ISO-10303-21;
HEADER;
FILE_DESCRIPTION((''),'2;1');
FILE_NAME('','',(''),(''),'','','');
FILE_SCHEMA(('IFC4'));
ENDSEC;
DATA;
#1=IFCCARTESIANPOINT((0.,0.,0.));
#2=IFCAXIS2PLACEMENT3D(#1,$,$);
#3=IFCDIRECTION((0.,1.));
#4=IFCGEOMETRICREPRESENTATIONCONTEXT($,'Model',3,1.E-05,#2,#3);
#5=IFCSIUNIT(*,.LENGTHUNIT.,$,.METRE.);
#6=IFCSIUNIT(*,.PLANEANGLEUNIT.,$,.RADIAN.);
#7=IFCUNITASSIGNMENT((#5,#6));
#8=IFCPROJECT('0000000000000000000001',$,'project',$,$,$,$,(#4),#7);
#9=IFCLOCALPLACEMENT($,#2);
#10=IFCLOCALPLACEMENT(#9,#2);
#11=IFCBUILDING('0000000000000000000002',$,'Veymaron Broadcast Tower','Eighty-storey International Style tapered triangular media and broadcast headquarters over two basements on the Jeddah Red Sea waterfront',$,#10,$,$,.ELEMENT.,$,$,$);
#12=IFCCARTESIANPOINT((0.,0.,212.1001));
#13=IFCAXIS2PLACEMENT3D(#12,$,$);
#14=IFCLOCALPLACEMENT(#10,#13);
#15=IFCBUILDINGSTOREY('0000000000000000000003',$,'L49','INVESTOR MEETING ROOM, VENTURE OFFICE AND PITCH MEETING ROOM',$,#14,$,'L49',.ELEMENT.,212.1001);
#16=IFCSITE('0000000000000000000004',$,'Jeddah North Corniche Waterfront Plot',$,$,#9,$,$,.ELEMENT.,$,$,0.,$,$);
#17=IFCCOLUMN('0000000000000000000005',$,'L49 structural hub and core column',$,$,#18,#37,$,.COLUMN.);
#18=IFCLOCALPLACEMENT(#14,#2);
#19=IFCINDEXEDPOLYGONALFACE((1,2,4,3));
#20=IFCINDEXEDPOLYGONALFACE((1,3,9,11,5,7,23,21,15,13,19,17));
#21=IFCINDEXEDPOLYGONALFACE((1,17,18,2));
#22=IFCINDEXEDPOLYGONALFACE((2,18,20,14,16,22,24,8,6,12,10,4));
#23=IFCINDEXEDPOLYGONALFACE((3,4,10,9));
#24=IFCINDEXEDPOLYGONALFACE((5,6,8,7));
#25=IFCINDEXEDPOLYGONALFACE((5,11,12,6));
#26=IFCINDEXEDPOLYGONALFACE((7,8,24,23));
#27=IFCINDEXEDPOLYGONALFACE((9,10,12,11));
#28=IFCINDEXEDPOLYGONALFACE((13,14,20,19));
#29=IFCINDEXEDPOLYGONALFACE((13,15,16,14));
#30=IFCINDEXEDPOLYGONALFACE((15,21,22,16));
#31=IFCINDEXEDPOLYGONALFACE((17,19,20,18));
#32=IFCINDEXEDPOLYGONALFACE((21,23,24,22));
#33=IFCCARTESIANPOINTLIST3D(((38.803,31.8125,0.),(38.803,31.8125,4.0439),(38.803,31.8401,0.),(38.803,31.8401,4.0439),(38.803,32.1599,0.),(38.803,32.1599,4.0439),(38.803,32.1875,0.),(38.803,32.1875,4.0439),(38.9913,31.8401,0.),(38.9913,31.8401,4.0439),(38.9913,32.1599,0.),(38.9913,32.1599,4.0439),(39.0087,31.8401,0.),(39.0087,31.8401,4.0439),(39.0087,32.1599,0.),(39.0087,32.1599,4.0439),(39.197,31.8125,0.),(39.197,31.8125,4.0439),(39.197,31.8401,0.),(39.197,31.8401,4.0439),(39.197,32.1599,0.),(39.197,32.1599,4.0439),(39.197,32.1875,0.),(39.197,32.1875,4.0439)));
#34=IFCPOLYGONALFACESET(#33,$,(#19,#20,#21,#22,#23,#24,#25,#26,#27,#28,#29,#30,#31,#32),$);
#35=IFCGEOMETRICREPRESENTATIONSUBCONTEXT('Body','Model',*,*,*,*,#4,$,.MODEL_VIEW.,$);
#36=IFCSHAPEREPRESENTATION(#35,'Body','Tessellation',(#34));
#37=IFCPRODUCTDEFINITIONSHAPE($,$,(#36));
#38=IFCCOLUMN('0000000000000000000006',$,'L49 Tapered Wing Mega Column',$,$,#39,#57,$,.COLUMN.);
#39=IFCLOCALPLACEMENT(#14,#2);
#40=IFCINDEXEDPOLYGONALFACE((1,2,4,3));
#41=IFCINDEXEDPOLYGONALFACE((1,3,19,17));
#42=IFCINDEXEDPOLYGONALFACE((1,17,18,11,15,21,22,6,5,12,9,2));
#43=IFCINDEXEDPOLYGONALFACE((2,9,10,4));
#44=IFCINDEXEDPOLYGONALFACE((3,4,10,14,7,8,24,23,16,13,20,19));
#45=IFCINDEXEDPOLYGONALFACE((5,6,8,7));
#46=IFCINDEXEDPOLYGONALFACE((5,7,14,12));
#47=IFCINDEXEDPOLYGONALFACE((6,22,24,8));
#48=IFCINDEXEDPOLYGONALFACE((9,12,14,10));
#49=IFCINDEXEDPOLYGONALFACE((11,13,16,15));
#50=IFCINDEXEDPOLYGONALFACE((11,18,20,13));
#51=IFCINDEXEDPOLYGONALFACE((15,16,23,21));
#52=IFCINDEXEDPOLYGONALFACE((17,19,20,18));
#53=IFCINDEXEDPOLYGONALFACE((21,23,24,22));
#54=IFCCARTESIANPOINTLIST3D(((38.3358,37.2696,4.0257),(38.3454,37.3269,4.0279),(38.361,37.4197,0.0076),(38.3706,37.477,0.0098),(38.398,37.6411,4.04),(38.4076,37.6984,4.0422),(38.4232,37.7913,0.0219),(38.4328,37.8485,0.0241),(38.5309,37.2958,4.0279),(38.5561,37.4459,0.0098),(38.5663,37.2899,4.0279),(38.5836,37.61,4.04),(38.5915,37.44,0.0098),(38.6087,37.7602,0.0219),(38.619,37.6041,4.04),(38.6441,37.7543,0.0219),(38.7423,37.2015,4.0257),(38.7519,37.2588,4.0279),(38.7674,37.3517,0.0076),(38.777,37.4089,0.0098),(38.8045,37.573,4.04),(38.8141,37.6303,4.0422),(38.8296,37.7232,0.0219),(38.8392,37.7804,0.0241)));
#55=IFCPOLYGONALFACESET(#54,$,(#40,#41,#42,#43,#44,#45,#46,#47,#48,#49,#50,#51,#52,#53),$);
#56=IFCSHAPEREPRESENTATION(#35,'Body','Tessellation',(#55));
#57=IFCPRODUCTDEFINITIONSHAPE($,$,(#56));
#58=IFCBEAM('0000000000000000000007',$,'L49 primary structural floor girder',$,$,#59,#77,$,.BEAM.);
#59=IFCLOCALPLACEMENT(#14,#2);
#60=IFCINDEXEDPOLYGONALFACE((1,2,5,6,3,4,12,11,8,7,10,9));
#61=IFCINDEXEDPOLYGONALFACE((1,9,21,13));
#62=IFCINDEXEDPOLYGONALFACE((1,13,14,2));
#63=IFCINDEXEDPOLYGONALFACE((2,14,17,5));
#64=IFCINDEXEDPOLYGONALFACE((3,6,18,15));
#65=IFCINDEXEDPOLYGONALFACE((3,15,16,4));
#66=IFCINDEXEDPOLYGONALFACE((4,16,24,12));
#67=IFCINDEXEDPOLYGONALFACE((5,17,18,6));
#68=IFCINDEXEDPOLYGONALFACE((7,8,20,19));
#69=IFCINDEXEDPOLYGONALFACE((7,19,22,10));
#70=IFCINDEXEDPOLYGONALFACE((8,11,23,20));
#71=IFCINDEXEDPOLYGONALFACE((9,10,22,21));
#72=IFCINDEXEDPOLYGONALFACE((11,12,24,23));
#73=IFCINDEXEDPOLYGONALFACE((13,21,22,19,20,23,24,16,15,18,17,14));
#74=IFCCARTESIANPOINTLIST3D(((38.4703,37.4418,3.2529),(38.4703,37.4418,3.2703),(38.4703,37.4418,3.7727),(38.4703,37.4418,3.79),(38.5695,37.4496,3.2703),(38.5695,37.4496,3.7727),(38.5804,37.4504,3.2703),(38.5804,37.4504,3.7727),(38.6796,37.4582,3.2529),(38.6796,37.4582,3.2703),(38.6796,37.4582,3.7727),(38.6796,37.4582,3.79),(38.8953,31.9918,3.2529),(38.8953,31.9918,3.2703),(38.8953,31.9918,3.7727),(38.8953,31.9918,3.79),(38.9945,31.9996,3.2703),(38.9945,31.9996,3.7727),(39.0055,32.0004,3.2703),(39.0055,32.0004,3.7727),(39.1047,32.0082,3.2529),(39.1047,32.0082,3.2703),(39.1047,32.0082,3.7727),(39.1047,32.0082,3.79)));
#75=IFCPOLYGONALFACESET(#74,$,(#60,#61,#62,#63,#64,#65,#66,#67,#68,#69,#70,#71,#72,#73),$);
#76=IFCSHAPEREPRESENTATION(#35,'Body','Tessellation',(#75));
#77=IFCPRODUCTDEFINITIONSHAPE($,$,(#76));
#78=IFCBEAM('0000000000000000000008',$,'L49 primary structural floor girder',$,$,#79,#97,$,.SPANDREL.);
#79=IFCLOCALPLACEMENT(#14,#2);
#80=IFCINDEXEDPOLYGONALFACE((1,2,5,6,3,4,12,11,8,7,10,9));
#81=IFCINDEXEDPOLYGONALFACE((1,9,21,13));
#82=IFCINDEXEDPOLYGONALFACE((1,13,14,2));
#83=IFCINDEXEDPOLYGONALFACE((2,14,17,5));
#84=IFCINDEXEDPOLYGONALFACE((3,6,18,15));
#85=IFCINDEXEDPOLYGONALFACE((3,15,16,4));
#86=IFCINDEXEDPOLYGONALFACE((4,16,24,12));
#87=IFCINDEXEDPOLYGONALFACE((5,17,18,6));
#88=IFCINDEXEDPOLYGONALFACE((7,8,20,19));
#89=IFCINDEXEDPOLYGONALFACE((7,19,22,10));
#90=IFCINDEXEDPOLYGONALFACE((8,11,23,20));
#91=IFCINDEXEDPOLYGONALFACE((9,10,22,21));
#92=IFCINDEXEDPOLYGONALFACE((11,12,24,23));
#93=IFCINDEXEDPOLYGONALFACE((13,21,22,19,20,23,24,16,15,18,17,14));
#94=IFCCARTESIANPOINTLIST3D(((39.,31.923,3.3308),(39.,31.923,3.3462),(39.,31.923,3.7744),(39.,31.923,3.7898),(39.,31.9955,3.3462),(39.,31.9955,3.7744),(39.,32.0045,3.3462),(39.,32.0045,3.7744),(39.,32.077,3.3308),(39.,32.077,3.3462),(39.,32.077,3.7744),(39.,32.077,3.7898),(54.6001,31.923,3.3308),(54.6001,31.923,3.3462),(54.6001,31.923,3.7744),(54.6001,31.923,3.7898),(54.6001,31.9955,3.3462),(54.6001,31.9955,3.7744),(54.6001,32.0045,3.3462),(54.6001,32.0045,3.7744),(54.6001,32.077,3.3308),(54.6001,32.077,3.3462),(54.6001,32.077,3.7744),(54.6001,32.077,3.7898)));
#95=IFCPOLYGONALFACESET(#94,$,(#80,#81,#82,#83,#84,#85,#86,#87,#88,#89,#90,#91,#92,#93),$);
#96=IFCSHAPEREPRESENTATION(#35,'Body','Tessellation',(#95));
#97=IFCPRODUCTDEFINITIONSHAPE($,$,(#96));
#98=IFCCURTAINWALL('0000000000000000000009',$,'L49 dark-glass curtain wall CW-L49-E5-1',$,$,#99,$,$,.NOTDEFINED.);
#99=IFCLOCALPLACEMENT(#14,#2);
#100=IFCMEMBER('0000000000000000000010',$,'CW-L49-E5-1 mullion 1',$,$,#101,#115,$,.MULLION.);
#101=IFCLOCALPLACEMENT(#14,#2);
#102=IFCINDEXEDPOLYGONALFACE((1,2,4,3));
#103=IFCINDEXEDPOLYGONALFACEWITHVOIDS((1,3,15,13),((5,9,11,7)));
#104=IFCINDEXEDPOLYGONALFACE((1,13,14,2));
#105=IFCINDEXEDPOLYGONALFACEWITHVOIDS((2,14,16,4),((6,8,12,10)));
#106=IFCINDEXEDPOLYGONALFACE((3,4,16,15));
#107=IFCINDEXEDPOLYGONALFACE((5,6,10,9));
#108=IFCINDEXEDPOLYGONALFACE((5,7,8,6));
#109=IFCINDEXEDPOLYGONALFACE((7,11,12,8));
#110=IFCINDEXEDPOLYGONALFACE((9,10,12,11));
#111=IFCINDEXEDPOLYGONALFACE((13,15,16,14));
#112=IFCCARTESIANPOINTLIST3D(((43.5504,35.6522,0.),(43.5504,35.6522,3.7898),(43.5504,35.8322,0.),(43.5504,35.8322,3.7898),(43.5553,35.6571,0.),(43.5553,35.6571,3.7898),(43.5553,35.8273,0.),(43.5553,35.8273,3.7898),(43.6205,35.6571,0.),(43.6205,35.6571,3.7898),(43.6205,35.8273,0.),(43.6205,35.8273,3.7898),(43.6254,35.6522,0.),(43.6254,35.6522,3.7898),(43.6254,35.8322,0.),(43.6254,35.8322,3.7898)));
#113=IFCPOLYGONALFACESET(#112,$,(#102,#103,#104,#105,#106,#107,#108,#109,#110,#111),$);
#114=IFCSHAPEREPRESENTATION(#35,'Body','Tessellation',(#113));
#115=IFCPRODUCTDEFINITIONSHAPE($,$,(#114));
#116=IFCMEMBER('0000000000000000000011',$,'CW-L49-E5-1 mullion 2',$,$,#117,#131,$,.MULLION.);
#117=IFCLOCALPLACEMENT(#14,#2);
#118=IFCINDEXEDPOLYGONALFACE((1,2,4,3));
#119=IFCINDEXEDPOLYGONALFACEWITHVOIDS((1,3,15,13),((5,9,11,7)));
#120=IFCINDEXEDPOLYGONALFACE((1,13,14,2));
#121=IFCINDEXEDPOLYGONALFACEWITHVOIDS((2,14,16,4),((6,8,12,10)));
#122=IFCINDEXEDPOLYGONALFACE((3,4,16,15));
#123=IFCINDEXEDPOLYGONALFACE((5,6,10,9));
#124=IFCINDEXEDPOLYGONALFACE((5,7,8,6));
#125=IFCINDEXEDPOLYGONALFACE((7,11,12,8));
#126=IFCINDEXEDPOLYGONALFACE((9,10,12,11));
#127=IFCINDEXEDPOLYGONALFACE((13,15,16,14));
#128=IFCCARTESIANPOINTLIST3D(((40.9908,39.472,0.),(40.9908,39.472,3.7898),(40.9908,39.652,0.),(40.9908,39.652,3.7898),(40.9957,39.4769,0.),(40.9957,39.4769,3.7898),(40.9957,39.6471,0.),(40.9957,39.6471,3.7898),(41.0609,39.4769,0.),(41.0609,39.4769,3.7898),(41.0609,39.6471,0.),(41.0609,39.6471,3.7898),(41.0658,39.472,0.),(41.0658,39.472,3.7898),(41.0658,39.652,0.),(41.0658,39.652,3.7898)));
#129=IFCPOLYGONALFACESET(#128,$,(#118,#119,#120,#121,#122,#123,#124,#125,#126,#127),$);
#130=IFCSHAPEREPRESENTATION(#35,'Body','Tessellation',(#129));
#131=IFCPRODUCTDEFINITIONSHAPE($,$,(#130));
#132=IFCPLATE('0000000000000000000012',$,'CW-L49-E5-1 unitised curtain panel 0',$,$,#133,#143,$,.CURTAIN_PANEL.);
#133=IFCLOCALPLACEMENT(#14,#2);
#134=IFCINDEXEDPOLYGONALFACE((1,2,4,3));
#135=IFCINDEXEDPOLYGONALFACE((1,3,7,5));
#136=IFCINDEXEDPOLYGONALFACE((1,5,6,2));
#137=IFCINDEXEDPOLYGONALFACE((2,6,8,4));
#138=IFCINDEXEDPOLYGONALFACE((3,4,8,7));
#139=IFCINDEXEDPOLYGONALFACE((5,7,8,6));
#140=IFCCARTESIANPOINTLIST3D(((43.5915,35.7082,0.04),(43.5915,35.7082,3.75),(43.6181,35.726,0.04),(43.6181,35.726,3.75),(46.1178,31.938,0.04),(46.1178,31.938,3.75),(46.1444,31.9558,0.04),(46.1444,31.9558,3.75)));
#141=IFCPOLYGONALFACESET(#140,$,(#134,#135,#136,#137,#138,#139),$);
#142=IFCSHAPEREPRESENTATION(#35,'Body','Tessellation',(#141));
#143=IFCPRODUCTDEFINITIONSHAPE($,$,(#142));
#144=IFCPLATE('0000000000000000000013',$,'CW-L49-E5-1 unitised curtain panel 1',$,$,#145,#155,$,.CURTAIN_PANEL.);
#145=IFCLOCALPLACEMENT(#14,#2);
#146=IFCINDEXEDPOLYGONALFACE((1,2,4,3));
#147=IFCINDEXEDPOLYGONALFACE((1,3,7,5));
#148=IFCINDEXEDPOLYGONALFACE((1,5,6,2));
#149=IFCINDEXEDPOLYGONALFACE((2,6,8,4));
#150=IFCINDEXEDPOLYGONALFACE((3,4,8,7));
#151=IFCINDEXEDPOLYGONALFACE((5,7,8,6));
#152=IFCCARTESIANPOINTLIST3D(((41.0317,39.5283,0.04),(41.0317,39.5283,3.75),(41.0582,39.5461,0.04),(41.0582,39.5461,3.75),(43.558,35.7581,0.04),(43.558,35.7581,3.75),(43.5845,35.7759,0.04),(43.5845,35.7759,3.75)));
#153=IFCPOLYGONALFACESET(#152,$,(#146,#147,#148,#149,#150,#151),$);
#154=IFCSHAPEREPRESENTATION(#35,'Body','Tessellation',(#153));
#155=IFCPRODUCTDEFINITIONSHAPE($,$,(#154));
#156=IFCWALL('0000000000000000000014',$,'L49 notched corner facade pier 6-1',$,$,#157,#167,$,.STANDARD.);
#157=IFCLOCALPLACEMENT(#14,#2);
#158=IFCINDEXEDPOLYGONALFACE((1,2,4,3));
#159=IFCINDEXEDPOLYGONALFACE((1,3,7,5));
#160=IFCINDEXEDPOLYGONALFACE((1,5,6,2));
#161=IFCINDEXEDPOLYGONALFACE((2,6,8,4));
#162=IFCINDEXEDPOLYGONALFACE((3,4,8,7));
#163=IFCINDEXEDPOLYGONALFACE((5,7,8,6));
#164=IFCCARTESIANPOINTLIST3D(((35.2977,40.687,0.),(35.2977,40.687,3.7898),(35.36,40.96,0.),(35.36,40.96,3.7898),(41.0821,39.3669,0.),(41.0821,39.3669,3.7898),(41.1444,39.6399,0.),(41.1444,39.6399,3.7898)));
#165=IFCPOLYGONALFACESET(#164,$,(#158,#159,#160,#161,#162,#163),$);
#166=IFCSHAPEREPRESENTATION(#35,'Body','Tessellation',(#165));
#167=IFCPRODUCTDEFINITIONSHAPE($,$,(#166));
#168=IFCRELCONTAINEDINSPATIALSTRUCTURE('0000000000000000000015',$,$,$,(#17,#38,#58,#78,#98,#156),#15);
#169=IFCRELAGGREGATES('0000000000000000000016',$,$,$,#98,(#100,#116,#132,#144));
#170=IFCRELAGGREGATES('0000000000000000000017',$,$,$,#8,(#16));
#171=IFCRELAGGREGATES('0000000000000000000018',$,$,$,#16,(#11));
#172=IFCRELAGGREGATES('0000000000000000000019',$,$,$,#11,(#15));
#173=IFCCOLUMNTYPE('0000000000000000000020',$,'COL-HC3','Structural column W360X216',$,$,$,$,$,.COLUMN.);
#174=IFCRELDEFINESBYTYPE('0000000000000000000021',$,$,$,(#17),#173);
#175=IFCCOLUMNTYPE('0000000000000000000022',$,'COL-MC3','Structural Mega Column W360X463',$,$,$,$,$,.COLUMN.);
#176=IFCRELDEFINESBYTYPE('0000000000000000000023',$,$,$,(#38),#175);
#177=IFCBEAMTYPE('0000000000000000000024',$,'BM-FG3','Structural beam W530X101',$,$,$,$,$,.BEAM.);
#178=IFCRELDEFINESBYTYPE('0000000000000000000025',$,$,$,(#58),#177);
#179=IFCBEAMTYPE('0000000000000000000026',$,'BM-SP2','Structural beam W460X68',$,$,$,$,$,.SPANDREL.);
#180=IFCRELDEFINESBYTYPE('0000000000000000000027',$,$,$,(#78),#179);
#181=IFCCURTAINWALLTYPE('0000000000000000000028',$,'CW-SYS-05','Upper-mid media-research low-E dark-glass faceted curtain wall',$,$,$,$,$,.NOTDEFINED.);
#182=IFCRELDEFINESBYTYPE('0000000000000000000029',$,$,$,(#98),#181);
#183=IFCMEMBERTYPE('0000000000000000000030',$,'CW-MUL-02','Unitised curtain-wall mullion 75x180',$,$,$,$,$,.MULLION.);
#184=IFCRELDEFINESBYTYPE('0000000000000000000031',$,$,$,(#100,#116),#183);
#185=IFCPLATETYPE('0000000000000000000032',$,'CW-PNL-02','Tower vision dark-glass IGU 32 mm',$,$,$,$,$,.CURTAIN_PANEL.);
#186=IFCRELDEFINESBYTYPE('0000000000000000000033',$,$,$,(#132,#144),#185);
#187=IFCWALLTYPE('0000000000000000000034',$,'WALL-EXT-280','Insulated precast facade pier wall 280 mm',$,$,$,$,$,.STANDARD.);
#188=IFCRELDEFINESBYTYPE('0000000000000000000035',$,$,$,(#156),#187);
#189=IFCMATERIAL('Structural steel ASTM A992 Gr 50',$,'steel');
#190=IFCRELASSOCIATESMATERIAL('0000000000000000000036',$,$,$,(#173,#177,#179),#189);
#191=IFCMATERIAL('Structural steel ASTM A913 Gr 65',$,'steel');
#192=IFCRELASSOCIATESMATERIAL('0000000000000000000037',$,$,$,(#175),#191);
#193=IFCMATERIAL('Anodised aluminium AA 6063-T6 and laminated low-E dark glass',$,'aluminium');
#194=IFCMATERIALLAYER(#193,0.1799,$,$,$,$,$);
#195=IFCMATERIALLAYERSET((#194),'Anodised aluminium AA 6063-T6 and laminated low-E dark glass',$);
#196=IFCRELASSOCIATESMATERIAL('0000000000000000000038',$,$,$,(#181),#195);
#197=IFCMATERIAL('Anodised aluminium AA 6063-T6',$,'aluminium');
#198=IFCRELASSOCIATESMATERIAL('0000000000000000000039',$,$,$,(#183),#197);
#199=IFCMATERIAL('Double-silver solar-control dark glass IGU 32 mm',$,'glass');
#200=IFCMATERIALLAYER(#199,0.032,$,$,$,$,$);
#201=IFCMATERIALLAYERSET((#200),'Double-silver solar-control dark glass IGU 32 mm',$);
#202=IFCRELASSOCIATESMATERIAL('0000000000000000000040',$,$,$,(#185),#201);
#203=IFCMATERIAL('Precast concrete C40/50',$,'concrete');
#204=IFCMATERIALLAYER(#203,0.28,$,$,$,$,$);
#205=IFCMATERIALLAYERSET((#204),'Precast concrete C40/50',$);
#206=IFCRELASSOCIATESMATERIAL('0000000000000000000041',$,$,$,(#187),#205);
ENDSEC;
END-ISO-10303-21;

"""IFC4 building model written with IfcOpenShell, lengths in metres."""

from ifc_helpers import new_model, si_unit, direction, frame, frame_2d, origin, origin_2d, place, context, subcontext, project, spatial, rectangle, hollow_rectangle, i_section, extrude, material, layer, layer_set, material_profile, profile_set, type_object, element, aggregate, save


model = new_model("IFC4")

# Units and contexts
model_context = context("Model", 3, precision=1e-05, world=origin(), true_north=direction((0.0, 1.0)))
body_context = subcontext(model_context, "Body", "Model", "MODEL_VIEW")
ifc_project = project(units=[si_unit("LENGTHUNIT", "METRE"), si_unit("PLANEANGLEUNIT", "RADIAN")], contexts=[model_context])

# Site, building, storey
site_placement = place(None, origin())
site = spatial("IfcSite", under=ifc_project, at=site_placement, Name="Jeddah North Corniche Waterfront Plot", CompositionType="ELEMENT", RefElevation=0.0)
building_placement = place(site_placement, origin())
building = spatial("IfcBuilding", under=site, at=building_placement, Name="Veymaron Broadcast Tower", Description="Eighty-storey International Style tapered triangular media and broadcast headquarters over two basements on the Jeddah Red Sea waterfront", CompositionType="ELEMENT")
storey_placement = place(building_placement, frame((0.0, 0.0, 212.1001)))
storey = spatial("IfcBuildingStorey", under=building, at=storey_placement, Name="L49", Description="INVESTOR MEETING ROOM, VENTURE OFFICE AND PITCH MEETING ROOM", LongName="L49", CompositionType="ELEMENT", Elevation=212.1001)

# Columns
ifc_material_1 = material(Name="Structural steel ASTM A992 Gr 50", Category="steel")
ifc_material_profile_1 = material_profile(ifc_material_1, i_section(OverallWidth=0.394, OverallDepth=0.375, WebThickness=0.0173, FlangeThickness=0.0276, at=origin_2d()), Name="W360X216")
ifc_profile_set_1 = profile_set([ifc_material_profile_1], Name="Structural steel ASTM A992 Gr 50")
column_type_1 = type_object("IfcColumnType", Name="COL-HC3", Description="Structural column W360X216", PredefinedType="COLUMN", material=ifc_profile_set_1)
column_1_placement = place(storey_placement, frame((39.0, 32.0, 0.0), z_axis=(0.0, 0.0, 1.0), x_axis=(1.0, 0.0, 0.0)))
element("IfcColumn", 1, at=column_1_placement, inside=storey, type_object=column_type_1, Name="L49 structural hub and core column", PredefinedType="COLUMN", context=body_context, shape_type="SweptSolid", body=[
    extrude(i_section(OverallWidth=0.394, OverallDepth=0.375, WebThickness=0.0173, FlangeThickness=0.0276, at=origin_2d()), origin(), (0.0, 0.0, 1.0), 4.0439),
])
ifc_material_2 = material(Name="Structural steel ASTM A913 Gr 65", Category="steel")
ifc_material_profile_2 = material_profile(ifc_material_2, i_section(OverallWidth=0.4121, OverallDepth=0.4351, WebThickness=0.0359, FlangeThickness=0.0581, at=origin_2d()), Name="W360X463")
ifc_profile_set_2 = profile_set([ifc_material_profile_2], Name="Structural steel ASTM A913 Gr 65")
column_type_2 = type_object("IfcColumnType", Name="COL-MC3", Description="Structural Mega Column W360X463", PredefinedType="COLUMN", material=ifc_profile_set_2)
column_2_placement = place(storey_placement, frame((38.6001, 37.6001, 0.0159), z_axis=(-0.006254, -0.037341, 0.999283), x_axis=(0.986264, -0.165179, 0.0)))
element("IfcColumn", 2, at=column_2_placement, inside=storey, type_object=column_type_2, Name="L49 Tapered Wing Mega Column", PredefinedType="COLUMN", context=body_context, shape_type="SweptSolid", body=[
    extrude(i_section(OverallWidth=0.4121, OverallDepth=0.4351, WebThickness=0.0359, FlangeThickness=0.0581, at=origin_2d()), origin(), (0.0, 0.0, 1.0), 4.021),
])

# Beams
ifc_material_profile_3 = material_profile(ifc_material_1, i_section(OverallWidth=0.21, OverallDepth=0.5371, WebThickness=0.011, FlangeThickness=0.0173, at=origin_2d()), Name="W530X101")
ifc_profile_set_3 = profile_set([ifc_material_profile_3], Name="Structural steel ASTM A992 Gr 50")
beam_type_1 = type_object("IfcBeamType", Name="BM-FG3", Description="Structural beam W530X101", PredefinedType="BEAM", material=ifc_profile_set_3)
beam_1_placement = place(storey_placement, frame((39.0, 32.0, 3.5215), z_axis=(-0.077755, 0.996972, 0.0), x_axis=(-0.996972, -0.077755, 0.0)))
element("IfcBeam", 3, at=beam_1_placement, inside=storey, type_object=beam_type_1, Name="L49 primary structural floor girder", PredefinedType="BEAM", context=body_context, shape_type="SweptSolid", body=[
    extrude(i_section(OverallWidth=0.21, OverallDepth=0.5371, WebThickness=0.011, FlangeThickness=0.0173, at=origin_2d()), origin(), (0.0, 0.0, 1.0), 5.4666),
])
ifc_material_profile_4 = material_profile(ifc_material_1, i_section(OverallWidth=0.1541, OverallDepth=0.459, WebThickness=0.009, FlangeThickness=0.0154, at=origin_2d()), Name="W460X68")
ifc_profile_set_4 = profile_set([ifc_material_profile_4], Name="Structural steel ASTM A992 Gr 50")
beam_type_2 = type_object("IfcBeamType", Name="BM-SP2", Description="Structural beam W460X68", PredefinedType="SPANDREL", material=ifc_profile_set_4)
beam_2_placement = place(storey_placement, frame((39.0, 32.0, 3.5603), z_axis=(1.0, 0.0, 0.0), x_axis=(0.0, 1.0, 0.0)))
element("IfcBeam", 4, at=beam_2_placement, inside=storey, type_object=beam_type_2, Name="L49 primary structural floor girder", PredefinedType="SPANDREL", context=body_context, shape_type="SweptSolid", body=[
    extrude(i_section(OverallWidth=0.1541, OverallDepth=0.459, WebThickness=0.009, FlangeThickness=0.0154, at=origin_2d()), origin(), (0.0, 0.0, 1.0), 15.6001),
])

# Curtain wall, members, plates
ifc_material_3 = material(Name="Anodised aluminium AA 6063-T6 and laminated low-E dark glass", Category="aluminium")
ifc_layer_1 = layer(ifc_material_3, 0.1799)
ifc_layer_set_1 = layer_set([ifc_layer_1], Name="Anodised aluminium AA 6063-T6 and laminated low-E dark glass")
curtain_wall_type = type_object("IfcCurtainWallType", Name="CW-SYS-05", Description="Upper-mid media-research low-E dark-glass faceted curtain wall", PredefinedType="NOTDEFINED", material=ifc_layer_set_1)
curtain_wall_placement = place(storey_placement, origin())
curtain_wall = element("IfcCurtainWall", 5, at=curtain_wall_placement, inside=storey, type_object=curtain_wall_type, Name="L49 dark-glass curtain wall CW-L49-E5-1", PredefinedType="NOTDEFINED")
ifc_material_4 = material(Name="Anodised aluminium AA 6063-T6", Category="aluminium")
ifc_material_profile_5 = material_profile(ifc_material_4, hollow_rectangle(XDim=0.075, YDim=0.1799, WallThickness=0.0049, at=origin_2d()), Name="AL180X75X5")
ifc_profile_set_5 = profile_set([ifc_material_profile_5], Name="Anodised aluminium AA 6063-T6")
member_type = type_object("IfcMemberType", Name="CW-MUL-02", Description="Unitised curtain-wall mullion 75x180", PredefinedType="MULLION", material=ifc_profile_set_5)
member_1_placement = place(storey_placement, frame((43.5879, 35.7422, 0.0), z_axis=(0.0, 0.0, 1.0), x_axis=(1.0, 0.0, 0.0)))
member_1 = element("IfcMember", 6, at=member_1_placement, type_object=member_type, Name="CW-L49-E5-1 mullion 1", PredefinedType="MULLION", context=body_context, shape_type="SweptSolid", body=[
    extrude(hollow_rectangle(XDim=0.075, YDim=0.1799, WallThickness=0.0049, at=origin_2d()), origin(), (0.0, 0.0, 1.0), 3.7898),
])
member_2_placement = place(storey_placement, frame((41.0283, 39.562, 0.0), z_axis=(0.0, 0.0, 1.0), x_axis=(1.0, 0.0, 0.0)))
member_2 = element("IfcMember", 7, at=member_2_placement, type_object=member_type, Name="CW-L49-E5-1 mullion 2", PredefinedType="MULLION", context=body_context, shape_type="SweptSolid", body=[
    extrude(hollow_rectangle(XDim=0.075, YDim=0.1799, WallThickness=0.0049, at=origin_2d()), origin(), (0.0, 0.0, 1.0), 3.7898),
])
ifc_material_5 = material(Name="Double-silver solar-control dark glass IGU 32 mm", Category="glass")
ifc_layer_2 = layer(ifc_material_5, 0.032)
ifc_layer_set_2 = layer_set([ifc_layer_2], Name="Double-silver solar-control dark glass IGU 32 mm")
plate_type = type_object("IfcPlateType", Name="CW-PNL-02", Description="Tower vision dark-glass IGU 32 mm", PredefinedType="CURTAIN_PANEL", material=ifc_layer_set_2)
plate_1_placement = place(storey_placement, frame((44.8679, 33.832, 0.04), z_axis=(0.0, 0.0, 1.0), x_axis=(-0.556658, 0.830742, 0.0)))
plate_1 = element("IfcPlate", 8, at=plate_1_placement, type_object=plate_type, Name="CW-L49-E5-1 unitised curtain panel 0", PredefinedType="CURTAIN_PANEL", context=body_context, shape_type="SweptSolid", body=[
    extrude(rectangle(XDim=4.5383, YDim=0.032, at=origin_2d()), origin(), (0.0, 0.0, 1.0), 3.71),
])
plate_2_placement = place(storey_placement, frame((42.3081, 37.6521, 0.04), z_axis=(0.0, 0.0, 1.0), x_axis=(-0.556658, 0.830742, 0.0)))
plate_2 = element("IfcPlate", 9, at=plate_2_placement, type_object=plate_type, Name="CW-L49-E5-1 unitised curtain panel 1", PredefinedType="CURTAIN_PANEL", context=body_context, shape_type="SweptSolid", body=[
    extrude(rectangle(XDim=4.5383, YDim=0.032, at=origin_2d()), origin(), (0.0, 0.0, 1.0), 3.71),
])
aggregate(curtain_wall, [member_1, member_2, plate_1, plate_2])

# Wall
ifc_material_6 = material(Name="Precast concrete C40/50", Category="concrete")
ifc_layer_3 = layer(ifc_material_6, 0.28)
ifc_layer_set_3 = layer_set([ifc_layer_3], Name="Precast concrete C40/50")
wall_type_1 = type_object("IfcWallType", Name="WALL-EXT-280", Description="Insulated precast facade pier wall 280 mm", PredefinedType="STANDARD", material=ifc_layer_set_3)
wall_1_placement = place(storey_placement, frame((41.1133, 39.5034, 0.0), z_axis=(0.0, 0.0, 1.0), x_axis=(-0.974935, 0.222491, 0.0)))
element("IfcWall", 10, at=wall_1_placement, inside=storey, type_object=wall_type_1, Name="L49 notched corner facade pier 6-1", PredefinedType="STANDARD", context=body_context, shape_type="SweptSolid", body=[
    extrude(rectangle(XDim=5.9331, YDim=0.28, at=frame_2d((2.9666, 0.0))), origin(), (0.0, 0.0, 1.0), 3.7898),
])

save(model, "model.ifc")
